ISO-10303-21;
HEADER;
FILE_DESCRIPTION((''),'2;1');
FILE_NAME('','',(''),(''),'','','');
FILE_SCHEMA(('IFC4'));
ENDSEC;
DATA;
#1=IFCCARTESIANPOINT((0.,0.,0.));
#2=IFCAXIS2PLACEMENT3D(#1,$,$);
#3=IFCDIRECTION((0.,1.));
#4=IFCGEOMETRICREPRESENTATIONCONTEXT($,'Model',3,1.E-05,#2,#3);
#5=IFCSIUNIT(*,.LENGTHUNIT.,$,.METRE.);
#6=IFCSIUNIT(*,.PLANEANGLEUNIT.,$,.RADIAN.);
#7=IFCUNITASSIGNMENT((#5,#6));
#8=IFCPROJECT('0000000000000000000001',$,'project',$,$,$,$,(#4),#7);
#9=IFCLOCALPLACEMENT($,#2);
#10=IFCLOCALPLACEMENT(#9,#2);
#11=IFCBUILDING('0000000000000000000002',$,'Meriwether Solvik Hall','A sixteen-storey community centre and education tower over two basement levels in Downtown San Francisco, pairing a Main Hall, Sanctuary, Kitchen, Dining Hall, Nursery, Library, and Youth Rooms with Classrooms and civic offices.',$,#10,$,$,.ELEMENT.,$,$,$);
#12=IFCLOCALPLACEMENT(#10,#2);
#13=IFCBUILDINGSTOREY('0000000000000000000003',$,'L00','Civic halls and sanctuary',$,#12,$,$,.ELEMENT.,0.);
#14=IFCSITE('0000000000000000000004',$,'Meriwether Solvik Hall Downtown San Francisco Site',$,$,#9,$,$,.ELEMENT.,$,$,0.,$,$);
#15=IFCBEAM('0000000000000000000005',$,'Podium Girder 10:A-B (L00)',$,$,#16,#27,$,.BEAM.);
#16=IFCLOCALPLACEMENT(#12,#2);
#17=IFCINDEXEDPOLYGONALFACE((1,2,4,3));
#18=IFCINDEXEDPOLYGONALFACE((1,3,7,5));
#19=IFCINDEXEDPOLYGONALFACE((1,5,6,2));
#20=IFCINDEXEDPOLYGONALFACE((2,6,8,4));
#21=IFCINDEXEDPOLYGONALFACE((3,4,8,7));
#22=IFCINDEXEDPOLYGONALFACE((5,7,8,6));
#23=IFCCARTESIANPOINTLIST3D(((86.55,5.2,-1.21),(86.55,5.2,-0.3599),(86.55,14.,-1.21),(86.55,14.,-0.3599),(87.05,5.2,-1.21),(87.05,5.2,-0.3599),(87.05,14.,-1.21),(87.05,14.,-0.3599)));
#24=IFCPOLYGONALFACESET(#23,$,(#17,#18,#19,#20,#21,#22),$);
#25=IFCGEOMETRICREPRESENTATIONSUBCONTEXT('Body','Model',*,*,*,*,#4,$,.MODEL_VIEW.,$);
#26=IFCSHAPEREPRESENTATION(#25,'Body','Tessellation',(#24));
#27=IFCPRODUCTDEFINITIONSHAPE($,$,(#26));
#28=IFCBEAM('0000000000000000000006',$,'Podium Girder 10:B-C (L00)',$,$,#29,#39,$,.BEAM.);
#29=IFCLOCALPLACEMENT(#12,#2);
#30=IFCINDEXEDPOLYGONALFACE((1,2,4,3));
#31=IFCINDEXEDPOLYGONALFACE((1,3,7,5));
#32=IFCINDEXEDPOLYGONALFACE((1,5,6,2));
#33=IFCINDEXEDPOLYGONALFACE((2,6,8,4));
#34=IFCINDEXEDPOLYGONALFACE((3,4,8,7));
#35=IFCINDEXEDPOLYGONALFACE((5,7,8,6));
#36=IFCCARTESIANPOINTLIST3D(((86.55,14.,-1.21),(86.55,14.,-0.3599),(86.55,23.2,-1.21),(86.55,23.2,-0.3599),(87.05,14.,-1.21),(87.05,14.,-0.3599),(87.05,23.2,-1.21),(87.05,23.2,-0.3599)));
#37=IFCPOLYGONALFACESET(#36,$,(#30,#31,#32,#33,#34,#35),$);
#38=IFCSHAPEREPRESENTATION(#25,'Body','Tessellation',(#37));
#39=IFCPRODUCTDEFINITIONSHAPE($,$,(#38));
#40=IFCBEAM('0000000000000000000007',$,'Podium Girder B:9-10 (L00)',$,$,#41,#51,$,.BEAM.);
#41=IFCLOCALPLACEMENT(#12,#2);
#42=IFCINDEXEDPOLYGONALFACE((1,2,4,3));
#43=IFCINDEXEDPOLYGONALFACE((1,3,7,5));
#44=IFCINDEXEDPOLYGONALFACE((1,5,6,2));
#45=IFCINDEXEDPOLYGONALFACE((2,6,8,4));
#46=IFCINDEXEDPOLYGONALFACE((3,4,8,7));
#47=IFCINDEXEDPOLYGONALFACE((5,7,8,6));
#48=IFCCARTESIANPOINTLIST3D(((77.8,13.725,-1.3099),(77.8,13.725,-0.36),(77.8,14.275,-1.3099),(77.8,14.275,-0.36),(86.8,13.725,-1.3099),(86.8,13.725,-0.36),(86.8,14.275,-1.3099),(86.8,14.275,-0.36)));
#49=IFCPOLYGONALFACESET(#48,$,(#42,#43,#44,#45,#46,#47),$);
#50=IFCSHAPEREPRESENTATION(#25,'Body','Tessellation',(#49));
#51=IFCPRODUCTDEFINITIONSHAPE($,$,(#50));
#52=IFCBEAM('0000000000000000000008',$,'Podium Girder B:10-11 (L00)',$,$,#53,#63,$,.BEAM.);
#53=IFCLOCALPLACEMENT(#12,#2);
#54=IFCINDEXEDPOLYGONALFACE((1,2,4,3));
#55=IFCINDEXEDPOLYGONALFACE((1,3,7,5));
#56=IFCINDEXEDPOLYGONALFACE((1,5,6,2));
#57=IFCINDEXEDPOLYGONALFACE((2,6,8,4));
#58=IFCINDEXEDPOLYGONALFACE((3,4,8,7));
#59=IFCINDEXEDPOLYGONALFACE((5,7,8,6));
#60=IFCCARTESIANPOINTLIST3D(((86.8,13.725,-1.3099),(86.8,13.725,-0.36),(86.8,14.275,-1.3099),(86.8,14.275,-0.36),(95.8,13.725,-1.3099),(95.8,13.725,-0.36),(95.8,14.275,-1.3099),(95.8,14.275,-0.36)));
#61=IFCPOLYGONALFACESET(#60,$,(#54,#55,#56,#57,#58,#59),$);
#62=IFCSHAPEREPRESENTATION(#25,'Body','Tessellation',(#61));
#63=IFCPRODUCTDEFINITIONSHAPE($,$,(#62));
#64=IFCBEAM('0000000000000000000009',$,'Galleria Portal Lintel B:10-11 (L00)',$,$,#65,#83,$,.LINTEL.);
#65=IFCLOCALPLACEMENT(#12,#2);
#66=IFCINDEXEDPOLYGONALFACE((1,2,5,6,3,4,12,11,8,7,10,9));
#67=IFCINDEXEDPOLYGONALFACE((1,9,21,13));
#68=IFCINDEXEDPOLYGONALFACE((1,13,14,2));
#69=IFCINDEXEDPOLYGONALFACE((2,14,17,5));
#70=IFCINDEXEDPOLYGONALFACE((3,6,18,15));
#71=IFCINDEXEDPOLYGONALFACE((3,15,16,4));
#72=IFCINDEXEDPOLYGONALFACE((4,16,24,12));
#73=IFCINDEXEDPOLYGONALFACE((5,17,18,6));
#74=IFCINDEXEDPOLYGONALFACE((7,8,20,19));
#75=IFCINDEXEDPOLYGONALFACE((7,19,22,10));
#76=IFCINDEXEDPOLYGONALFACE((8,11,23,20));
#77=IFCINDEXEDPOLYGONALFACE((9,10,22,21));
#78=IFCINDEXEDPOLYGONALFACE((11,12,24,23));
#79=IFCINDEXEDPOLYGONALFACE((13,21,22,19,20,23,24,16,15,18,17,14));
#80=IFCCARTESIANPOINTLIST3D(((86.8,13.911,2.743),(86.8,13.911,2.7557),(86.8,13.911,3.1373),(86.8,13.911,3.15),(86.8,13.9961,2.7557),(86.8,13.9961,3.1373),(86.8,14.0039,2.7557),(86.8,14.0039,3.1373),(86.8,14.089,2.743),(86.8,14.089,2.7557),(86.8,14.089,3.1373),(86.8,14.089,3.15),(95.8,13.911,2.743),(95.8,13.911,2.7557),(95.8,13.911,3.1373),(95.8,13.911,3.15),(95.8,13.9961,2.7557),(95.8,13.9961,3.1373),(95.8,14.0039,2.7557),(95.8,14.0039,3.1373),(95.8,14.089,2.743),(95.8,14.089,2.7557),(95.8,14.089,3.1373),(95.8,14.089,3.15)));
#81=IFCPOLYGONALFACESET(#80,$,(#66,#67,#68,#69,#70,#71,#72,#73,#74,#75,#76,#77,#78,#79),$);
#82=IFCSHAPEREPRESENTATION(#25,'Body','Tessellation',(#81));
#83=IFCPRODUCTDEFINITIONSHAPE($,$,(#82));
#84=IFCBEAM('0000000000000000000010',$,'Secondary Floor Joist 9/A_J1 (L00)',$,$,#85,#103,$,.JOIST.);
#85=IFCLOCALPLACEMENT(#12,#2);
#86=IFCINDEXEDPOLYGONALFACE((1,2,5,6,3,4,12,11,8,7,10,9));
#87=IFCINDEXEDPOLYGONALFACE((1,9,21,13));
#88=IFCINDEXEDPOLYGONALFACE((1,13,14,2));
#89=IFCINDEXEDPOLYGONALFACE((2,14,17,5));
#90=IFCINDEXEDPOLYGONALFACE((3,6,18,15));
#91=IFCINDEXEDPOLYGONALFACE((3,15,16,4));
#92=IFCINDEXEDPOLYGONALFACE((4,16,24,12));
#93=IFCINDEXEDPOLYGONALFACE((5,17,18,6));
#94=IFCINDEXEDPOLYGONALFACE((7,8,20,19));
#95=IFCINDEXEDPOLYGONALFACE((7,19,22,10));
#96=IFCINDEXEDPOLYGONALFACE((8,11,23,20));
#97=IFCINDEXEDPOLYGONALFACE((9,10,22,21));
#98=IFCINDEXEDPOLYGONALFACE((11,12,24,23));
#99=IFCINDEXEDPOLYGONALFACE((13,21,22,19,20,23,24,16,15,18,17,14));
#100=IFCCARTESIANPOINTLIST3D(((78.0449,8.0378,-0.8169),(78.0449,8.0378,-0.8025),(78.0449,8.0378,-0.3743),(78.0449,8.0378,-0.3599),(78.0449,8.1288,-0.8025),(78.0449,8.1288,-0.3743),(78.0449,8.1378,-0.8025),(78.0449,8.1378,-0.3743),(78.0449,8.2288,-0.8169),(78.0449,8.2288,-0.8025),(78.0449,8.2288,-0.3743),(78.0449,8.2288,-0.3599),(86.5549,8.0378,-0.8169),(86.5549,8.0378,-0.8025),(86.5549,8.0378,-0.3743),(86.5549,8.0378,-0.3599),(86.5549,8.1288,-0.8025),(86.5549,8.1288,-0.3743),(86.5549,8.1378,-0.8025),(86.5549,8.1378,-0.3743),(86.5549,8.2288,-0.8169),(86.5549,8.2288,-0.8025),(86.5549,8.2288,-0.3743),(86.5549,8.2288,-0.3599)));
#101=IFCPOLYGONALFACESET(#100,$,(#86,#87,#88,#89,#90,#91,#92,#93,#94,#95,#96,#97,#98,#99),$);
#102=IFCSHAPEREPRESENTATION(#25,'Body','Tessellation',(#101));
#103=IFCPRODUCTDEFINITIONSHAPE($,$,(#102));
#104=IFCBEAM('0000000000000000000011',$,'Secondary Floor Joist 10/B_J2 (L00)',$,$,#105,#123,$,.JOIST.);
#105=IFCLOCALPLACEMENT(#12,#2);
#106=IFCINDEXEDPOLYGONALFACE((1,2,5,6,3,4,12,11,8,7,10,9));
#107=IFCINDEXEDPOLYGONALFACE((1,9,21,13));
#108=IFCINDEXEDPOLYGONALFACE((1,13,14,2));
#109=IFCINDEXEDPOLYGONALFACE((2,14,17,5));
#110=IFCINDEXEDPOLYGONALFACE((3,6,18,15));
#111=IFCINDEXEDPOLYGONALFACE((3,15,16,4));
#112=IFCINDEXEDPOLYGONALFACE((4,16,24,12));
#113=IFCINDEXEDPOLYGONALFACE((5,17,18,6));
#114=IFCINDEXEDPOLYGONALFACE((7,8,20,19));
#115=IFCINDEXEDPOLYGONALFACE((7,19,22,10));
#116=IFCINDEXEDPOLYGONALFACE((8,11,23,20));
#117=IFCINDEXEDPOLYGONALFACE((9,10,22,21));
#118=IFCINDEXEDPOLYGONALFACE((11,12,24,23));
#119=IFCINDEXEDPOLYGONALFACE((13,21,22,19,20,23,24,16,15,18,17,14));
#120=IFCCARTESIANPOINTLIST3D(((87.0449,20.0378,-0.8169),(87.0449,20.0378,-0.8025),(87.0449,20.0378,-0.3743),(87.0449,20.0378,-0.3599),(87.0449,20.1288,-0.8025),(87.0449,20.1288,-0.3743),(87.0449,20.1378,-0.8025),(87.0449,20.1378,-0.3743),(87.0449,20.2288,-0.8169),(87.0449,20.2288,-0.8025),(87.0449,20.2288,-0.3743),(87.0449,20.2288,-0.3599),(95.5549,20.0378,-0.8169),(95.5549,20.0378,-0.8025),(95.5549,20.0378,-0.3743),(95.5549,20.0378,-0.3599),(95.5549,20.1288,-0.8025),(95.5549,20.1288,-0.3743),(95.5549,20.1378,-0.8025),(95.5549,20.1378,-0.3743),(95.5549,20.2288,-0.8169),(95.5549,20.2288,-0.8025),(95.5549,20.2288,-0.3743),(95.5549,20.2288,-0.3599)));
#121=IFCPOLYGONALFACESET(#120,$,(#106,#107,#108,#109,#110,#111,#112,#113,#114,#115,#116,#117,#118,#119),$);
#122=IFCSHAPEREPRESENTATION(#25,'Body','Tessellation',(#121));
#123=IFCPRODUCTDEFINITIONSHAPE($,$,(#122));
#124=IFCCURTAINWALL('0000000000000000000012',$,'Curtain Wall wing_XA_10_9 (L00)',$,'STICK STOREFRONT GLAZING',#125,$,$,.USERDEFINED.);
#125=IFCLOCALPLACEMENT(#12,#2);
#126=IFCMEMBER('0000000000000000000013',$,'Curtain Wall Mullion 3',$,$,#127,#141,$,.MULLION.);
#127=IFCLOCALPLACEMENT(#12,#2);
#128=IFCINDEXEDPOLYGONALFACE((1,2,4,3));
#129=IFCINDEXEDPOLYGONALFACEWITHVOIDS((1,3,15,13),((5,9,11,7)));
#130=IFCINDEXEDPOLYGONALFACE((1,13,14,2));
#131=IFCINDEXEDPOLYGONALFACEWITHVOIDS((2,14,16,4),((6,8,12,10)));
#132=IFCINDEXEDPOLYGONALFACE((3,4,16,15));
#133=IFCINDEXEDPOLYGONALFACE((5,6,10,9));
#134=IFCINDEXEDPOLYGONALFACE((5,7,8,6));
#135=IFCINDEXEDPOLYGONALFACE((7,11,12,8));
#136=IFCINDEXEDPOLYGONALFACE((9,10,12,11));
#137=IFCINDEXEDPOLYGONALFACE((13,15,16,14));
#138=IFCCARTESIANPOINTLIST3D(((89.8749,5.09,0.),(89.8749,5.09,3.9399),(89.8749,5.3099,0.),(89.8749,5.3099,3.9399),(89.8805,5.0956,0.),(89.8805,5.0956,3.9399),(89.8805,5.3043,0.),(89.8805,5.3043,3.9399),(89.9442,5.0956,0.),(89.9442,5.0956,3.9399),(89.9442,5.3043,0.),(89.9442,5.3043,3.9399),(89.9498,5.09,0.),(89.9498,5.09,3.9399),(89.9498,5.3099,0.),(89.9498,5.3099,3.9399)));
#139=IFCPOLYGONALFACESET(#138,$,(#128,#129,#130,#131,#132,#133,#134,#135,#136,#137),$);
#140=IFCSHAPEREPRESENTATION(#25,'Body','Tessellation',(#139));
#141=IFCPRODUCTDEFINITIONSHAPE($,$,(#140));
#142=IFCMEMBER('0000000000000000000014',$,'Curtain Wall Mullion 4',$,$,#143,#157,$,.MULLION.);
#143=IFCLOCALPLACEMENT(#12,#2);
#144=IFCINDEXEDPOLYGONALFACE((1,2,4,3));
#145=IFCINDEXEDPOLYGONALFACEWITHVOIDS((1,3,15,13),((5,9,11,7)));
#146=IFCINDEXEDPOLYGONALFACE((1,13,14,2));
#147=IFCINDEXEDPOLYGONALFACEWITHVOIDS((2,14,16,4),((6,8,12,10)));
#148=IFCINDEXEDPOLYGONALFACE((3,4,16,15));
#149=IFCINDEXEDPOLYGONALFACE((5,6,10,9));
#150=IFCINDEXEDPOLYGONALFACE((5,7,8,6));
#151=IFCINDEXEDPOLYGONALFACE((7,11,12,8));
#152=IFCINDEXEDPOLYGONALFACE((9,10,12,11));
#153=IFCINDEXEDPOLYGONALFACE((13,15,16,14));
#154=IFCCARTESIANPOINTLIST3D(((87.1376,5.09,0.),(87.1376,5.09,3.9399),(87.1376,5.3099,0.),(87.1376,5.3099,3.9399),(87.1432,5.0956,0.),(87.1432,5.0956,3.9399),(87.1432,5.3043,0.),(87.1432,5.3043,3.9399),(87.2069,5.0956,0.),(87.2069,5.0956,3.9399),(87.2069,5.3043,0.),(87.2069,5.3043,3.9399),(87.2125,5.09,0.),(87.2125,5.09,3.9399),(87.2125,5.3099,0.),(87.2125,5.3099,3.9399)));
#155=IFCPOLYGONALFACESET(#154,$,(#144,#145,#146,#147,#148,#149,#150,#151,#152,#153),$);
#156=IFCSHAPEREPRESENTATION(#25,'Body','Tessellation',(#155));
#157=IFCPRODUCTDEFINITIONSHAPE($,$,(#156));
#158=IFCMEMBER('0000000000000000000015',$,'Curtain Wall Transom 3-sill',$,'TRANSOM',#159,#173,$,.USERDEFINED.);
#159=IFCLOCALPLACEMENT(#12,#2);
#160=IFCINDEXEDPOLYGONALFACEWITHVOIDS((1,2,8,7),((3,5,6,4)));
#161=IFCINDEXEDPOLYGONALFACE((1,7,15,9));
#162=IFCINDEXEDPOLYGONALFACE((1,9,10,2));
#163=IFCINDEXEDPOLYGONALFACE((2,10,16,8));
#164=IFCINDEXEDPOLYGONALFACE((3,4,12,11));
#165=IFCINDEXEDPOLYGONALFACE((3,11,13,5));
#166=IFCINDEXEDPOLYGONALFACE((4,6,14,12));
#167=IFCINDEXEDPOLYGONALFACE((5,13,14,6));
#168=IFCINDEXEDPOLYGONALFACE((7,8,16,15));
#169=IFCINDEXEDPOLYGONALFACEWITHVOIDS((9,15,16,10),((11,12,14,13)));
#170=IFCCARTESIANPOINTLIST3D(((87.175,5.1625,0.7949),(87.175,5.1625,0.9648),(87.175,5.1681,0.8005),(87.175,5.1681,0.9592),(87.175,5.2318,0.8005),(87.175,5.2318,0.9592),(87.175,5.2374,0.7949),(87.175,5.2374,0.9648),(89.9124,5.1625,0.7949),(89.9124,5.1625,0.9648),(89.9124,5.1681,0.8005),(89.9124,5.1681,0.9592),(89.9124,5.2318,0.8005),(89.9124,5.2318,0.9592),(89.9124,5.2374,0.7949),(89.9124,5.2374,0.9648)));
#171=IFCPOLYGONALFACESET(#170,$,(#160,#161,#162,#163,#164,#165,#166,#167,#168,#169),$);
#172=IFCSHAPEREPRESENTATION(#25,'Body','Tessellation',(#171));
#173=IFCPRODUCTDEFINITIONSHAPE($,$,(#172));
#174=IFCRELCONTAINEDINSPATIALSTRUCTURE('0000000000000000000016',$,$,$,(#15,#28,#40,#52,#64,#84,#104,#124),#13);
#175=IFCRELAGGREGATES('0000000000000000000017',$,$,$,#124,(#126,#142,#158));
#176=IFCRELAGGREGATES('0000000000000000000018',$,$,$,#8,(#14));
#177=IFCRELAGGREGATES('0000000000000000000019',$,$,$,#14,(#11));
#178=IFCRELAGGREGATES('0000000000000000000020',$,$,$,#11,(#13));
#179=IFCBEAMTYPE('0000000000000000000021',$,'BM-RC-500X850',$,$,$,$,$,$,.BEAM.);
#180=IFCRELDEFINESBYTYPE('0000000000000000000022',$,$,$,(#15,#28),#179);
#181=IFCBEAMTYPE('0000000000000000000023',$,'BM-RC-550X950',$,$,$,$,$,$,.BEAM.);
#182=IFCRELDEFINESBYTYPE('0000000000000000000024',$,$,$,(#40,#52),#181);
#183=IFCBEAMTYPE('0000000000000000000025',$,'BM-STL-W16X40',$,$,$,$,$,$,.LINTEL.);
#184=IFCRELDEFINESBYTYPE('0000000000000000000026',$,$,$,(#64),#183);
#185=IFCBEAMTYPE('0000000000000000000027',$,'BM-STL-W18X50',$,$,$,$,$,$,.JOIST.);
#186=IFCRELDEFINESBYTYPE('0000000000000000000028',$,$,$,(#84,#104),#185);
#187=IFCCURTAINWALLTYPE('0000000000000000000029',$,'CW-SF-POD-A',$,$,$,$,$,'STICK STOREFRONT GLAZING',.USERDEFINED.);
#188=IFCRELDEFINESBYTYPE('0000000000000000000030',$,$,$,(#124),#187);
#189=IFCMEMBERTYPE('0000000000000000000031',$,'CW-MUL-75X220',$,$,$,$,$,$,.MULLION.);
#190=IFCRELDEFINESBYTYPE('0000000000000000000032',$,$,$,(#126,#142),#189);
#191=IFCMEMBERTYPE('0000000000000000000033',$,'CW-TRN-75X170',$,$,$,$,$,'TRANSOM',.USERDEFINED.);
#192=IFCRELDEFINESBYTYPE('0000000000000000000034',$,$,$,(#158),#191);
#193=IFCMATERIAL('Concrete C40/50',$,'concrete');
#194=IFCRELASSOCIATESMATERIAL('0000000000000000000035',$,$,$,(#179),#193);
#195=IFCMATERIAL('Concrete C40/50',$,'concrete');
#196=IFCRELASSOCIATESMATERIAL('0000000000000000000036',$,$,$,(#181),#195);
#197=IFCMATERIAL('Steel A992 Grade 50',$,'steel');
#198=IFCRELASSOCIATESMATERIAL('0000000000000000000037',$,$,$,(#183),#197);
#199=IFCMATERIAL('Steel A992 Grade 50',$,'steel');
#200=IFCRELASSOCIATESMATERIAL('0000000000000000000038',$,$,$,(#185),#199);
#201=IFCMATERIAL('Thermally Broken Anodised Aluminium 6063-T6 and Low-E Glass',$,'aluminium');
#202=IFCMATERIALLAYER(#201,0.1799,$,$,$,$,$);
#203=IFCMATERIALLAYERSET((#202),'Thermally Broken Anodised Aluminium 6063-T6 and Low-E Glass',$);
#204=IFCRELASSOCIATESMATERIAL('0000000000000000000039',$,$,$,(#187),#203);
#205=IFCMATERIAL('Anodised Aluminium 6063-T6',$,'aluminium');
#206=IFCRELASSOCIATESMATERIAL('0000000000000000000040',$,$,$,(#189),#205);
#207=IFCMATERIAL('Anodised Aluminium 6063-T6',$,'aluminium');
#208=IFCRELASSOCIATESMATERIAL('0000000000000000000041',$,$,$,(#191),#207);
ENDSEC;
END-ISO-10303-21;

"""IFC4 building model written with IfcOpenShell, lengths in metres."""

from ifc_helpers import new_model, si_unit, direction, frame, origin, origin_2d, place, context, subcontext, project, spatial, rectangle, hollow_rectangle, i_section, extrude, material, layer, layer_set, material_profile, profile_set, type_object, element, aggregate, save


model = new_model("IFC4")

# Units and contexts
model_context = context("Model", 3, precision=1e-05, world=origin(), true_north=direction((0.0, 1.0)))
body_context = subcontext(model_context, "Body", "Model", "MODEL_VIEW")
ifc_project = project(units=[si_unit("LENGTHUNIT", "METRE"), si_unit("PLANEANGLEUNIT", "RADIAN")], contexts=[model_context])

# Site, building, storey
site_placement = place(None, origin())
site = spatial("IfcSite", under=ifc_project, at=site_placement, Name="Meriwether Solvik Hall Downtown San Francisco Site", CompositionType="ELEMENT", RefElevation=0.0)
building_placement = place(site_placement, origin())
building = spatial("IfcBuilding", under=site, at=building_placement, Name="Meriwether Solvik Hall", Description="A sixteen-storey community centre and education tower over two basement levels in Downtown San Francisco, pairing a Main Hall, Sanctuary, Kitchen, Dining Hall, Nursery, Library, and Youth Rooms with Classrooms and civic offices.", CompositionType="ELEMENT")
storey_placement = place(building_placement, origin())
storey = spatial("IfcBuildingStorey", under=building, at=storey_placement, Name="L00", Description="Civic halls and sanctuary", CompositionType="ELEMENT", Elevation=0.0)

# Beams
ifc_material_1 = material(Name="Concrete C40/50", Category="concrete")
ifc_material_profile_1 = material_profile(ifc_material_1, rectangle(XDim=0.5, YDim=0.8501, at=origin_2d()), Name="RCB-500X850")
ifc_profile_set_1 = profile_set([ifc_material_profile_1], Name="Concrete C40/50")
beam_type_1 = type_object("IfcBeamType", Name="BM-RC-500X850", PredefinedType="BEAM", material=ifc_profile_set_1)
beam_1_placement = place(storey_placement, frame((86.8, 5.2, -0.7849), z_axis=(0.0, 1.0, 0.0), x_axis=(-1.0, 0.0, 0.0)))
element("IfcBeam", 1, at=beam_1_placement, inside=storey, type_object=beam_type_1, Name="Podium Girder 10:A-B (L00)", PredefinedType="BEAM", context=body_context, shape_type="SweptSolid", body=[
    extrude(rectangle(XDim=0.5, YDim=0.8501, at=origin_2d()), origin(), (0.0, 0.0, 1.0), 8.8),
])
beam_2_placement = place(storey_placement, frame((86.8, 14.0, -0.7849), z_axis=(0.0, 1.0, 0.0), x_axis=(-1.0, 0.0, 0.0)))
element("IfcBeam", 2, at=beam_2_placement, inside=storey, type_object=beam_type_1, Name="Podium Girder 10:B-C (L00)", PredefinedType="BEAM", context=body_context, shape_type="SweptSolid", body=[
    extrude(rectangle(XDim=0.5, YDim=0.8501, at=origin_2d()), origin(), (0.0, 0.0, 1.0), 9.2),
])
ifc_material_2 = material(Name="Concrete C40/50", Category="concrete")
ifc_material_profile_2 = material_profile(ifc_material_2, rectangle(XDim=0.55, YDim=0.95, at=origin_2d()), Name="RCB-550X950")
ifc_profile_set_2 = profile_set([ifc_material_profile_2], Name="Concrete C40/50")
beam_type_2 = type_object("IfcBeamType", Name="BM-RC-550X950", PredefinedType="BEAM", material=ifc_profile_set_2)
for number, where, z_axis, x_axis, name in (
    (3, (77.8, 14.0, -0.835), (1.0, 0.0, 0.0), (0.0, 1.0, 0.0), "Podium Girder B:9-10 (L00)"),
    (4, (86.8, 14.0, -0.835), (1.0, 0.0, 0.0), (0.0, 1.0, 0.0), "Podium Girder B:10-11 (L00)"),
):
    element("IfcBeam", number, at=place(storey_placement, frame(where, z_axis=z_axis, x_axis=x_axis)), inside=storey, type_object=beam_type_2, Name=name, PredefinedType="BEAM", context=body_context, shape_type="SweptSolid", body=[
        extrude(rectangle(XDim=0.55, YDim=0.95, at=origin_2d()), origin(), (0.0, 0.0, 1.0), 9.0),
    ])
ifc_material_3 = material(Name="Steel A992 Grade 50", Category="steel")
ifc_material_profile_3 = material_profile(ifc_material_3, i_section(OverallWidth=0.178, OverallDepth=0.407, WebThickness=0.0078, FlangeThickness=0.0127, at=origin_2d()), Name="W16X40")
ifc_profile_set_3 = profile_set([ifc_material_profile_3], Name="Steel A992 Grade 50")
beam_type_3 = type_object("IfcBeamType", Name="BM-STL-W16X40", PredefinedType="LINTEL", material=ifc_profile_set_3)
beam_3_placement = place(storey_placement, frame((86.8, 14.0, 2.9465), z_axis=(1.0, 0.0, 0.0), x_axis=(0.0, 1.0, 0.0)))
element("IfcBeam", 5, at=beam_3_placement, inside=storey, type_object=beam_type_3, Name="Galleria Portal Lintel B:10-11 (L00)", PredefinedType="LINTEL", context=body_context, shape_type="SweptSolid", body=[
    extrude(i_section(OverallWidth=0.178, OverallDepth=0.407, WebThickness=0.0078, FlangeThickness=0.0127, at=origin_2d()), origin(), (0.0, 0.0, 1.0), 9.0),
])
ifc_material_4 = material(Name="Steel A992 Grade 50", Category="steel")
ifc_material_profile_4 = material_profile(ifc_material_4, i_section(OverallWidth=0.1909, OverallDepth=0.457, WebThickness=0.009, FlangeThickness=0.0144, at=origin_2d()), Name="W18X50")
ifc_profile_set_4 = profile_set([ifc_material_profile_4], Name="Steel A992 Grade 50")
beam_type_4 = type_object("IfcBeamType", Name="BM-STL-W18X50", PredefinedType="JOIST", material=ifc_profile_set_4)
for number, where, z_axis, x_axis, name in (
    (6, (78.0449, 8.1333, -0.5884), (1.0, 0.0, 0.0), (0.0, 1.0, 0.0), "Secondary Floor Joist 9/A_J1 (L00)"),
    (7, (87.0449, 20.1333, -0.5884), (1.0, 0.0, 0.0), (0.0, 1.0, 0.0), "Secondary Floor Joist 10/B_J2 (L00)"),
):
    element("IfcBeam", number, at=place(storey_placement, frame(where, z_axis=z_axis, x_axis=x_axis)), inside=storey, type_object=beam_type_4, Name=name, PredefinedType="JOIST", context=body_context, shape_type="SweptSolid", body=[
        extrude(i_section(OverallWidth=0.1909, OverallDepth=0.457, WebThickness=0.009, FlangeThickness=0.0144, at=origin_2d()), origin(), (0.0, 0.0, 1.0), 8.51),
    ])

# Curtain wall, members
ifc_material_5 = material(Name="Thermally Broken Anodised Aluminium 6063-T6 and Low-E Glass", Category="aluminium")
ifc_layer_1 = layer(ifc_material_5, 0.1799)
ifc_layer_set_1 = layer_set([ifc_layer_1], Name="Thermally Broken Anodised Aluminium 6063-T6 and Low-E Glass")
curtain_wall_type = type_object("IfcCurtainWallType", Name="CW-SF-POD-A", ElementType="STICK STOREFRONT GLAZING", PredefinedType="USERDEFINED", material=ifc_layer_set_1)
curtain_wall_placement = place(storey_placement, origin())
curtain_wall = element("IfcCurtainWall", 8, at=curtain_wall_placement, inside=storey, type_object=curtain_wall_type, Name="Curtain Wall wing_XA_10_9 (L00)", ObjectType="STICK STOREFRONT GLAZING", PredefinedType="USERDEFINED")
ifc_material_6 = material(Name="Anodised Aluminium 6063-T6", Category="aluminium")
ifc_material_profile_5 = material_profile(ifc_material_6, hollow_rectangle(XDim=0.075, YDim=0.22, WallThickness=0.0056, at=origin_2d()), Name="CWM-75X220")
ifc_profile_set_5 = profile_set([ifc_material_profile_5], Name="Anodised Aluminium 6063-T6")
member_type_1 = type_object("IfcMemberType", Name="CW-MUL-75X220", PredefinedType="MULLION", material=ifc_profile_set_5)
member_1_placement = place(storey_placement, frame((89.9124, 5.2, 0.0), z_axis=(0.0, 0.0, 1.0), x_axis=(-1.0, 0.0, 0.0)))
member_1 = element("IfcMember", 9, at=member_1_placement, type_object=member_type_1, Name="Curtain Wall Mullion 3", PredefinedType="MULLION", context=body_context, shape_type="SweptSolid", body=[
    extrude(hollow_rectangle(XDim=0.075, YDim=0.22, WallThickness=0.0056, at=origin_2d()), origin(), (0.0, 0.0, 1.0), 3.9399),
])
member_2_placement = place(storey_placement, frame((87.175, 5.2, 0.0), z_axis=(0.0, 0.0, 1.0), x_axis=(-1.0, 0.0, 0.0)))
member_2 = element("IfcMember", 10, at=member_2_placement, type_object=member_type_1, Name="Curtain Wall Mullion 4", PredefinedType="MULLION", context=body_context, shape_type="SweptSolid", body=[
    extrude(hollow_rectangle(XDim=0.075, YDim=0.22, WallThickness=0.0056, at=origin_2d()), origin(), (0.0, 0.0, 1.0), 3.9399),
])
ifc_material_7 = material(Name="Anodised Aluminium 6063-T6", Category="aluminium")
ifc_material_profile_6 = material_profile(ifc_material_7, hollow_rectangle(XDim=0.075, YDim=0.1699, WallThickness=0.0056, at=origin_2d()), Name="CWT-75X170")
ifc_profile_set_6 = profile_set([ifc_material_profile_6], Name="Anodised Aluminium 6063-T6")
member_type_2 = type_object("IfcMemberType", Name="CW-TRN-75X170", ElementType="TRANSOM", PredefinedType="USERDEFINED", material=ifc_profile_set_6)
member_3_placement = place(storey_placement, frame((89.9124, 5.2, 0.8799), z_axis=(-1.0, 0.0, 0.0), x_axis=(0.0, -1.0, 0.0)))
member_3 = element("IfcMember", 11, at=member_3_placement, type_object=member_type_2, Name="Curtain Wall Transom 3-sill", ObjectType="TRANSOM", PredefinedType="USERDEFINED", context=body_context, shape_type="SweptSolid", body=[
    extrude(hollow_rectangle(XDim=0.075, YDim=0.1699, WallThickness=0.0056, at=origin_2d()), origin(), (0.0, 0.0, 1.0), 2.7373),
])
aggregate(curtain_wall, [member_1, member_2, member_3])

save(model, "model.ifc")
